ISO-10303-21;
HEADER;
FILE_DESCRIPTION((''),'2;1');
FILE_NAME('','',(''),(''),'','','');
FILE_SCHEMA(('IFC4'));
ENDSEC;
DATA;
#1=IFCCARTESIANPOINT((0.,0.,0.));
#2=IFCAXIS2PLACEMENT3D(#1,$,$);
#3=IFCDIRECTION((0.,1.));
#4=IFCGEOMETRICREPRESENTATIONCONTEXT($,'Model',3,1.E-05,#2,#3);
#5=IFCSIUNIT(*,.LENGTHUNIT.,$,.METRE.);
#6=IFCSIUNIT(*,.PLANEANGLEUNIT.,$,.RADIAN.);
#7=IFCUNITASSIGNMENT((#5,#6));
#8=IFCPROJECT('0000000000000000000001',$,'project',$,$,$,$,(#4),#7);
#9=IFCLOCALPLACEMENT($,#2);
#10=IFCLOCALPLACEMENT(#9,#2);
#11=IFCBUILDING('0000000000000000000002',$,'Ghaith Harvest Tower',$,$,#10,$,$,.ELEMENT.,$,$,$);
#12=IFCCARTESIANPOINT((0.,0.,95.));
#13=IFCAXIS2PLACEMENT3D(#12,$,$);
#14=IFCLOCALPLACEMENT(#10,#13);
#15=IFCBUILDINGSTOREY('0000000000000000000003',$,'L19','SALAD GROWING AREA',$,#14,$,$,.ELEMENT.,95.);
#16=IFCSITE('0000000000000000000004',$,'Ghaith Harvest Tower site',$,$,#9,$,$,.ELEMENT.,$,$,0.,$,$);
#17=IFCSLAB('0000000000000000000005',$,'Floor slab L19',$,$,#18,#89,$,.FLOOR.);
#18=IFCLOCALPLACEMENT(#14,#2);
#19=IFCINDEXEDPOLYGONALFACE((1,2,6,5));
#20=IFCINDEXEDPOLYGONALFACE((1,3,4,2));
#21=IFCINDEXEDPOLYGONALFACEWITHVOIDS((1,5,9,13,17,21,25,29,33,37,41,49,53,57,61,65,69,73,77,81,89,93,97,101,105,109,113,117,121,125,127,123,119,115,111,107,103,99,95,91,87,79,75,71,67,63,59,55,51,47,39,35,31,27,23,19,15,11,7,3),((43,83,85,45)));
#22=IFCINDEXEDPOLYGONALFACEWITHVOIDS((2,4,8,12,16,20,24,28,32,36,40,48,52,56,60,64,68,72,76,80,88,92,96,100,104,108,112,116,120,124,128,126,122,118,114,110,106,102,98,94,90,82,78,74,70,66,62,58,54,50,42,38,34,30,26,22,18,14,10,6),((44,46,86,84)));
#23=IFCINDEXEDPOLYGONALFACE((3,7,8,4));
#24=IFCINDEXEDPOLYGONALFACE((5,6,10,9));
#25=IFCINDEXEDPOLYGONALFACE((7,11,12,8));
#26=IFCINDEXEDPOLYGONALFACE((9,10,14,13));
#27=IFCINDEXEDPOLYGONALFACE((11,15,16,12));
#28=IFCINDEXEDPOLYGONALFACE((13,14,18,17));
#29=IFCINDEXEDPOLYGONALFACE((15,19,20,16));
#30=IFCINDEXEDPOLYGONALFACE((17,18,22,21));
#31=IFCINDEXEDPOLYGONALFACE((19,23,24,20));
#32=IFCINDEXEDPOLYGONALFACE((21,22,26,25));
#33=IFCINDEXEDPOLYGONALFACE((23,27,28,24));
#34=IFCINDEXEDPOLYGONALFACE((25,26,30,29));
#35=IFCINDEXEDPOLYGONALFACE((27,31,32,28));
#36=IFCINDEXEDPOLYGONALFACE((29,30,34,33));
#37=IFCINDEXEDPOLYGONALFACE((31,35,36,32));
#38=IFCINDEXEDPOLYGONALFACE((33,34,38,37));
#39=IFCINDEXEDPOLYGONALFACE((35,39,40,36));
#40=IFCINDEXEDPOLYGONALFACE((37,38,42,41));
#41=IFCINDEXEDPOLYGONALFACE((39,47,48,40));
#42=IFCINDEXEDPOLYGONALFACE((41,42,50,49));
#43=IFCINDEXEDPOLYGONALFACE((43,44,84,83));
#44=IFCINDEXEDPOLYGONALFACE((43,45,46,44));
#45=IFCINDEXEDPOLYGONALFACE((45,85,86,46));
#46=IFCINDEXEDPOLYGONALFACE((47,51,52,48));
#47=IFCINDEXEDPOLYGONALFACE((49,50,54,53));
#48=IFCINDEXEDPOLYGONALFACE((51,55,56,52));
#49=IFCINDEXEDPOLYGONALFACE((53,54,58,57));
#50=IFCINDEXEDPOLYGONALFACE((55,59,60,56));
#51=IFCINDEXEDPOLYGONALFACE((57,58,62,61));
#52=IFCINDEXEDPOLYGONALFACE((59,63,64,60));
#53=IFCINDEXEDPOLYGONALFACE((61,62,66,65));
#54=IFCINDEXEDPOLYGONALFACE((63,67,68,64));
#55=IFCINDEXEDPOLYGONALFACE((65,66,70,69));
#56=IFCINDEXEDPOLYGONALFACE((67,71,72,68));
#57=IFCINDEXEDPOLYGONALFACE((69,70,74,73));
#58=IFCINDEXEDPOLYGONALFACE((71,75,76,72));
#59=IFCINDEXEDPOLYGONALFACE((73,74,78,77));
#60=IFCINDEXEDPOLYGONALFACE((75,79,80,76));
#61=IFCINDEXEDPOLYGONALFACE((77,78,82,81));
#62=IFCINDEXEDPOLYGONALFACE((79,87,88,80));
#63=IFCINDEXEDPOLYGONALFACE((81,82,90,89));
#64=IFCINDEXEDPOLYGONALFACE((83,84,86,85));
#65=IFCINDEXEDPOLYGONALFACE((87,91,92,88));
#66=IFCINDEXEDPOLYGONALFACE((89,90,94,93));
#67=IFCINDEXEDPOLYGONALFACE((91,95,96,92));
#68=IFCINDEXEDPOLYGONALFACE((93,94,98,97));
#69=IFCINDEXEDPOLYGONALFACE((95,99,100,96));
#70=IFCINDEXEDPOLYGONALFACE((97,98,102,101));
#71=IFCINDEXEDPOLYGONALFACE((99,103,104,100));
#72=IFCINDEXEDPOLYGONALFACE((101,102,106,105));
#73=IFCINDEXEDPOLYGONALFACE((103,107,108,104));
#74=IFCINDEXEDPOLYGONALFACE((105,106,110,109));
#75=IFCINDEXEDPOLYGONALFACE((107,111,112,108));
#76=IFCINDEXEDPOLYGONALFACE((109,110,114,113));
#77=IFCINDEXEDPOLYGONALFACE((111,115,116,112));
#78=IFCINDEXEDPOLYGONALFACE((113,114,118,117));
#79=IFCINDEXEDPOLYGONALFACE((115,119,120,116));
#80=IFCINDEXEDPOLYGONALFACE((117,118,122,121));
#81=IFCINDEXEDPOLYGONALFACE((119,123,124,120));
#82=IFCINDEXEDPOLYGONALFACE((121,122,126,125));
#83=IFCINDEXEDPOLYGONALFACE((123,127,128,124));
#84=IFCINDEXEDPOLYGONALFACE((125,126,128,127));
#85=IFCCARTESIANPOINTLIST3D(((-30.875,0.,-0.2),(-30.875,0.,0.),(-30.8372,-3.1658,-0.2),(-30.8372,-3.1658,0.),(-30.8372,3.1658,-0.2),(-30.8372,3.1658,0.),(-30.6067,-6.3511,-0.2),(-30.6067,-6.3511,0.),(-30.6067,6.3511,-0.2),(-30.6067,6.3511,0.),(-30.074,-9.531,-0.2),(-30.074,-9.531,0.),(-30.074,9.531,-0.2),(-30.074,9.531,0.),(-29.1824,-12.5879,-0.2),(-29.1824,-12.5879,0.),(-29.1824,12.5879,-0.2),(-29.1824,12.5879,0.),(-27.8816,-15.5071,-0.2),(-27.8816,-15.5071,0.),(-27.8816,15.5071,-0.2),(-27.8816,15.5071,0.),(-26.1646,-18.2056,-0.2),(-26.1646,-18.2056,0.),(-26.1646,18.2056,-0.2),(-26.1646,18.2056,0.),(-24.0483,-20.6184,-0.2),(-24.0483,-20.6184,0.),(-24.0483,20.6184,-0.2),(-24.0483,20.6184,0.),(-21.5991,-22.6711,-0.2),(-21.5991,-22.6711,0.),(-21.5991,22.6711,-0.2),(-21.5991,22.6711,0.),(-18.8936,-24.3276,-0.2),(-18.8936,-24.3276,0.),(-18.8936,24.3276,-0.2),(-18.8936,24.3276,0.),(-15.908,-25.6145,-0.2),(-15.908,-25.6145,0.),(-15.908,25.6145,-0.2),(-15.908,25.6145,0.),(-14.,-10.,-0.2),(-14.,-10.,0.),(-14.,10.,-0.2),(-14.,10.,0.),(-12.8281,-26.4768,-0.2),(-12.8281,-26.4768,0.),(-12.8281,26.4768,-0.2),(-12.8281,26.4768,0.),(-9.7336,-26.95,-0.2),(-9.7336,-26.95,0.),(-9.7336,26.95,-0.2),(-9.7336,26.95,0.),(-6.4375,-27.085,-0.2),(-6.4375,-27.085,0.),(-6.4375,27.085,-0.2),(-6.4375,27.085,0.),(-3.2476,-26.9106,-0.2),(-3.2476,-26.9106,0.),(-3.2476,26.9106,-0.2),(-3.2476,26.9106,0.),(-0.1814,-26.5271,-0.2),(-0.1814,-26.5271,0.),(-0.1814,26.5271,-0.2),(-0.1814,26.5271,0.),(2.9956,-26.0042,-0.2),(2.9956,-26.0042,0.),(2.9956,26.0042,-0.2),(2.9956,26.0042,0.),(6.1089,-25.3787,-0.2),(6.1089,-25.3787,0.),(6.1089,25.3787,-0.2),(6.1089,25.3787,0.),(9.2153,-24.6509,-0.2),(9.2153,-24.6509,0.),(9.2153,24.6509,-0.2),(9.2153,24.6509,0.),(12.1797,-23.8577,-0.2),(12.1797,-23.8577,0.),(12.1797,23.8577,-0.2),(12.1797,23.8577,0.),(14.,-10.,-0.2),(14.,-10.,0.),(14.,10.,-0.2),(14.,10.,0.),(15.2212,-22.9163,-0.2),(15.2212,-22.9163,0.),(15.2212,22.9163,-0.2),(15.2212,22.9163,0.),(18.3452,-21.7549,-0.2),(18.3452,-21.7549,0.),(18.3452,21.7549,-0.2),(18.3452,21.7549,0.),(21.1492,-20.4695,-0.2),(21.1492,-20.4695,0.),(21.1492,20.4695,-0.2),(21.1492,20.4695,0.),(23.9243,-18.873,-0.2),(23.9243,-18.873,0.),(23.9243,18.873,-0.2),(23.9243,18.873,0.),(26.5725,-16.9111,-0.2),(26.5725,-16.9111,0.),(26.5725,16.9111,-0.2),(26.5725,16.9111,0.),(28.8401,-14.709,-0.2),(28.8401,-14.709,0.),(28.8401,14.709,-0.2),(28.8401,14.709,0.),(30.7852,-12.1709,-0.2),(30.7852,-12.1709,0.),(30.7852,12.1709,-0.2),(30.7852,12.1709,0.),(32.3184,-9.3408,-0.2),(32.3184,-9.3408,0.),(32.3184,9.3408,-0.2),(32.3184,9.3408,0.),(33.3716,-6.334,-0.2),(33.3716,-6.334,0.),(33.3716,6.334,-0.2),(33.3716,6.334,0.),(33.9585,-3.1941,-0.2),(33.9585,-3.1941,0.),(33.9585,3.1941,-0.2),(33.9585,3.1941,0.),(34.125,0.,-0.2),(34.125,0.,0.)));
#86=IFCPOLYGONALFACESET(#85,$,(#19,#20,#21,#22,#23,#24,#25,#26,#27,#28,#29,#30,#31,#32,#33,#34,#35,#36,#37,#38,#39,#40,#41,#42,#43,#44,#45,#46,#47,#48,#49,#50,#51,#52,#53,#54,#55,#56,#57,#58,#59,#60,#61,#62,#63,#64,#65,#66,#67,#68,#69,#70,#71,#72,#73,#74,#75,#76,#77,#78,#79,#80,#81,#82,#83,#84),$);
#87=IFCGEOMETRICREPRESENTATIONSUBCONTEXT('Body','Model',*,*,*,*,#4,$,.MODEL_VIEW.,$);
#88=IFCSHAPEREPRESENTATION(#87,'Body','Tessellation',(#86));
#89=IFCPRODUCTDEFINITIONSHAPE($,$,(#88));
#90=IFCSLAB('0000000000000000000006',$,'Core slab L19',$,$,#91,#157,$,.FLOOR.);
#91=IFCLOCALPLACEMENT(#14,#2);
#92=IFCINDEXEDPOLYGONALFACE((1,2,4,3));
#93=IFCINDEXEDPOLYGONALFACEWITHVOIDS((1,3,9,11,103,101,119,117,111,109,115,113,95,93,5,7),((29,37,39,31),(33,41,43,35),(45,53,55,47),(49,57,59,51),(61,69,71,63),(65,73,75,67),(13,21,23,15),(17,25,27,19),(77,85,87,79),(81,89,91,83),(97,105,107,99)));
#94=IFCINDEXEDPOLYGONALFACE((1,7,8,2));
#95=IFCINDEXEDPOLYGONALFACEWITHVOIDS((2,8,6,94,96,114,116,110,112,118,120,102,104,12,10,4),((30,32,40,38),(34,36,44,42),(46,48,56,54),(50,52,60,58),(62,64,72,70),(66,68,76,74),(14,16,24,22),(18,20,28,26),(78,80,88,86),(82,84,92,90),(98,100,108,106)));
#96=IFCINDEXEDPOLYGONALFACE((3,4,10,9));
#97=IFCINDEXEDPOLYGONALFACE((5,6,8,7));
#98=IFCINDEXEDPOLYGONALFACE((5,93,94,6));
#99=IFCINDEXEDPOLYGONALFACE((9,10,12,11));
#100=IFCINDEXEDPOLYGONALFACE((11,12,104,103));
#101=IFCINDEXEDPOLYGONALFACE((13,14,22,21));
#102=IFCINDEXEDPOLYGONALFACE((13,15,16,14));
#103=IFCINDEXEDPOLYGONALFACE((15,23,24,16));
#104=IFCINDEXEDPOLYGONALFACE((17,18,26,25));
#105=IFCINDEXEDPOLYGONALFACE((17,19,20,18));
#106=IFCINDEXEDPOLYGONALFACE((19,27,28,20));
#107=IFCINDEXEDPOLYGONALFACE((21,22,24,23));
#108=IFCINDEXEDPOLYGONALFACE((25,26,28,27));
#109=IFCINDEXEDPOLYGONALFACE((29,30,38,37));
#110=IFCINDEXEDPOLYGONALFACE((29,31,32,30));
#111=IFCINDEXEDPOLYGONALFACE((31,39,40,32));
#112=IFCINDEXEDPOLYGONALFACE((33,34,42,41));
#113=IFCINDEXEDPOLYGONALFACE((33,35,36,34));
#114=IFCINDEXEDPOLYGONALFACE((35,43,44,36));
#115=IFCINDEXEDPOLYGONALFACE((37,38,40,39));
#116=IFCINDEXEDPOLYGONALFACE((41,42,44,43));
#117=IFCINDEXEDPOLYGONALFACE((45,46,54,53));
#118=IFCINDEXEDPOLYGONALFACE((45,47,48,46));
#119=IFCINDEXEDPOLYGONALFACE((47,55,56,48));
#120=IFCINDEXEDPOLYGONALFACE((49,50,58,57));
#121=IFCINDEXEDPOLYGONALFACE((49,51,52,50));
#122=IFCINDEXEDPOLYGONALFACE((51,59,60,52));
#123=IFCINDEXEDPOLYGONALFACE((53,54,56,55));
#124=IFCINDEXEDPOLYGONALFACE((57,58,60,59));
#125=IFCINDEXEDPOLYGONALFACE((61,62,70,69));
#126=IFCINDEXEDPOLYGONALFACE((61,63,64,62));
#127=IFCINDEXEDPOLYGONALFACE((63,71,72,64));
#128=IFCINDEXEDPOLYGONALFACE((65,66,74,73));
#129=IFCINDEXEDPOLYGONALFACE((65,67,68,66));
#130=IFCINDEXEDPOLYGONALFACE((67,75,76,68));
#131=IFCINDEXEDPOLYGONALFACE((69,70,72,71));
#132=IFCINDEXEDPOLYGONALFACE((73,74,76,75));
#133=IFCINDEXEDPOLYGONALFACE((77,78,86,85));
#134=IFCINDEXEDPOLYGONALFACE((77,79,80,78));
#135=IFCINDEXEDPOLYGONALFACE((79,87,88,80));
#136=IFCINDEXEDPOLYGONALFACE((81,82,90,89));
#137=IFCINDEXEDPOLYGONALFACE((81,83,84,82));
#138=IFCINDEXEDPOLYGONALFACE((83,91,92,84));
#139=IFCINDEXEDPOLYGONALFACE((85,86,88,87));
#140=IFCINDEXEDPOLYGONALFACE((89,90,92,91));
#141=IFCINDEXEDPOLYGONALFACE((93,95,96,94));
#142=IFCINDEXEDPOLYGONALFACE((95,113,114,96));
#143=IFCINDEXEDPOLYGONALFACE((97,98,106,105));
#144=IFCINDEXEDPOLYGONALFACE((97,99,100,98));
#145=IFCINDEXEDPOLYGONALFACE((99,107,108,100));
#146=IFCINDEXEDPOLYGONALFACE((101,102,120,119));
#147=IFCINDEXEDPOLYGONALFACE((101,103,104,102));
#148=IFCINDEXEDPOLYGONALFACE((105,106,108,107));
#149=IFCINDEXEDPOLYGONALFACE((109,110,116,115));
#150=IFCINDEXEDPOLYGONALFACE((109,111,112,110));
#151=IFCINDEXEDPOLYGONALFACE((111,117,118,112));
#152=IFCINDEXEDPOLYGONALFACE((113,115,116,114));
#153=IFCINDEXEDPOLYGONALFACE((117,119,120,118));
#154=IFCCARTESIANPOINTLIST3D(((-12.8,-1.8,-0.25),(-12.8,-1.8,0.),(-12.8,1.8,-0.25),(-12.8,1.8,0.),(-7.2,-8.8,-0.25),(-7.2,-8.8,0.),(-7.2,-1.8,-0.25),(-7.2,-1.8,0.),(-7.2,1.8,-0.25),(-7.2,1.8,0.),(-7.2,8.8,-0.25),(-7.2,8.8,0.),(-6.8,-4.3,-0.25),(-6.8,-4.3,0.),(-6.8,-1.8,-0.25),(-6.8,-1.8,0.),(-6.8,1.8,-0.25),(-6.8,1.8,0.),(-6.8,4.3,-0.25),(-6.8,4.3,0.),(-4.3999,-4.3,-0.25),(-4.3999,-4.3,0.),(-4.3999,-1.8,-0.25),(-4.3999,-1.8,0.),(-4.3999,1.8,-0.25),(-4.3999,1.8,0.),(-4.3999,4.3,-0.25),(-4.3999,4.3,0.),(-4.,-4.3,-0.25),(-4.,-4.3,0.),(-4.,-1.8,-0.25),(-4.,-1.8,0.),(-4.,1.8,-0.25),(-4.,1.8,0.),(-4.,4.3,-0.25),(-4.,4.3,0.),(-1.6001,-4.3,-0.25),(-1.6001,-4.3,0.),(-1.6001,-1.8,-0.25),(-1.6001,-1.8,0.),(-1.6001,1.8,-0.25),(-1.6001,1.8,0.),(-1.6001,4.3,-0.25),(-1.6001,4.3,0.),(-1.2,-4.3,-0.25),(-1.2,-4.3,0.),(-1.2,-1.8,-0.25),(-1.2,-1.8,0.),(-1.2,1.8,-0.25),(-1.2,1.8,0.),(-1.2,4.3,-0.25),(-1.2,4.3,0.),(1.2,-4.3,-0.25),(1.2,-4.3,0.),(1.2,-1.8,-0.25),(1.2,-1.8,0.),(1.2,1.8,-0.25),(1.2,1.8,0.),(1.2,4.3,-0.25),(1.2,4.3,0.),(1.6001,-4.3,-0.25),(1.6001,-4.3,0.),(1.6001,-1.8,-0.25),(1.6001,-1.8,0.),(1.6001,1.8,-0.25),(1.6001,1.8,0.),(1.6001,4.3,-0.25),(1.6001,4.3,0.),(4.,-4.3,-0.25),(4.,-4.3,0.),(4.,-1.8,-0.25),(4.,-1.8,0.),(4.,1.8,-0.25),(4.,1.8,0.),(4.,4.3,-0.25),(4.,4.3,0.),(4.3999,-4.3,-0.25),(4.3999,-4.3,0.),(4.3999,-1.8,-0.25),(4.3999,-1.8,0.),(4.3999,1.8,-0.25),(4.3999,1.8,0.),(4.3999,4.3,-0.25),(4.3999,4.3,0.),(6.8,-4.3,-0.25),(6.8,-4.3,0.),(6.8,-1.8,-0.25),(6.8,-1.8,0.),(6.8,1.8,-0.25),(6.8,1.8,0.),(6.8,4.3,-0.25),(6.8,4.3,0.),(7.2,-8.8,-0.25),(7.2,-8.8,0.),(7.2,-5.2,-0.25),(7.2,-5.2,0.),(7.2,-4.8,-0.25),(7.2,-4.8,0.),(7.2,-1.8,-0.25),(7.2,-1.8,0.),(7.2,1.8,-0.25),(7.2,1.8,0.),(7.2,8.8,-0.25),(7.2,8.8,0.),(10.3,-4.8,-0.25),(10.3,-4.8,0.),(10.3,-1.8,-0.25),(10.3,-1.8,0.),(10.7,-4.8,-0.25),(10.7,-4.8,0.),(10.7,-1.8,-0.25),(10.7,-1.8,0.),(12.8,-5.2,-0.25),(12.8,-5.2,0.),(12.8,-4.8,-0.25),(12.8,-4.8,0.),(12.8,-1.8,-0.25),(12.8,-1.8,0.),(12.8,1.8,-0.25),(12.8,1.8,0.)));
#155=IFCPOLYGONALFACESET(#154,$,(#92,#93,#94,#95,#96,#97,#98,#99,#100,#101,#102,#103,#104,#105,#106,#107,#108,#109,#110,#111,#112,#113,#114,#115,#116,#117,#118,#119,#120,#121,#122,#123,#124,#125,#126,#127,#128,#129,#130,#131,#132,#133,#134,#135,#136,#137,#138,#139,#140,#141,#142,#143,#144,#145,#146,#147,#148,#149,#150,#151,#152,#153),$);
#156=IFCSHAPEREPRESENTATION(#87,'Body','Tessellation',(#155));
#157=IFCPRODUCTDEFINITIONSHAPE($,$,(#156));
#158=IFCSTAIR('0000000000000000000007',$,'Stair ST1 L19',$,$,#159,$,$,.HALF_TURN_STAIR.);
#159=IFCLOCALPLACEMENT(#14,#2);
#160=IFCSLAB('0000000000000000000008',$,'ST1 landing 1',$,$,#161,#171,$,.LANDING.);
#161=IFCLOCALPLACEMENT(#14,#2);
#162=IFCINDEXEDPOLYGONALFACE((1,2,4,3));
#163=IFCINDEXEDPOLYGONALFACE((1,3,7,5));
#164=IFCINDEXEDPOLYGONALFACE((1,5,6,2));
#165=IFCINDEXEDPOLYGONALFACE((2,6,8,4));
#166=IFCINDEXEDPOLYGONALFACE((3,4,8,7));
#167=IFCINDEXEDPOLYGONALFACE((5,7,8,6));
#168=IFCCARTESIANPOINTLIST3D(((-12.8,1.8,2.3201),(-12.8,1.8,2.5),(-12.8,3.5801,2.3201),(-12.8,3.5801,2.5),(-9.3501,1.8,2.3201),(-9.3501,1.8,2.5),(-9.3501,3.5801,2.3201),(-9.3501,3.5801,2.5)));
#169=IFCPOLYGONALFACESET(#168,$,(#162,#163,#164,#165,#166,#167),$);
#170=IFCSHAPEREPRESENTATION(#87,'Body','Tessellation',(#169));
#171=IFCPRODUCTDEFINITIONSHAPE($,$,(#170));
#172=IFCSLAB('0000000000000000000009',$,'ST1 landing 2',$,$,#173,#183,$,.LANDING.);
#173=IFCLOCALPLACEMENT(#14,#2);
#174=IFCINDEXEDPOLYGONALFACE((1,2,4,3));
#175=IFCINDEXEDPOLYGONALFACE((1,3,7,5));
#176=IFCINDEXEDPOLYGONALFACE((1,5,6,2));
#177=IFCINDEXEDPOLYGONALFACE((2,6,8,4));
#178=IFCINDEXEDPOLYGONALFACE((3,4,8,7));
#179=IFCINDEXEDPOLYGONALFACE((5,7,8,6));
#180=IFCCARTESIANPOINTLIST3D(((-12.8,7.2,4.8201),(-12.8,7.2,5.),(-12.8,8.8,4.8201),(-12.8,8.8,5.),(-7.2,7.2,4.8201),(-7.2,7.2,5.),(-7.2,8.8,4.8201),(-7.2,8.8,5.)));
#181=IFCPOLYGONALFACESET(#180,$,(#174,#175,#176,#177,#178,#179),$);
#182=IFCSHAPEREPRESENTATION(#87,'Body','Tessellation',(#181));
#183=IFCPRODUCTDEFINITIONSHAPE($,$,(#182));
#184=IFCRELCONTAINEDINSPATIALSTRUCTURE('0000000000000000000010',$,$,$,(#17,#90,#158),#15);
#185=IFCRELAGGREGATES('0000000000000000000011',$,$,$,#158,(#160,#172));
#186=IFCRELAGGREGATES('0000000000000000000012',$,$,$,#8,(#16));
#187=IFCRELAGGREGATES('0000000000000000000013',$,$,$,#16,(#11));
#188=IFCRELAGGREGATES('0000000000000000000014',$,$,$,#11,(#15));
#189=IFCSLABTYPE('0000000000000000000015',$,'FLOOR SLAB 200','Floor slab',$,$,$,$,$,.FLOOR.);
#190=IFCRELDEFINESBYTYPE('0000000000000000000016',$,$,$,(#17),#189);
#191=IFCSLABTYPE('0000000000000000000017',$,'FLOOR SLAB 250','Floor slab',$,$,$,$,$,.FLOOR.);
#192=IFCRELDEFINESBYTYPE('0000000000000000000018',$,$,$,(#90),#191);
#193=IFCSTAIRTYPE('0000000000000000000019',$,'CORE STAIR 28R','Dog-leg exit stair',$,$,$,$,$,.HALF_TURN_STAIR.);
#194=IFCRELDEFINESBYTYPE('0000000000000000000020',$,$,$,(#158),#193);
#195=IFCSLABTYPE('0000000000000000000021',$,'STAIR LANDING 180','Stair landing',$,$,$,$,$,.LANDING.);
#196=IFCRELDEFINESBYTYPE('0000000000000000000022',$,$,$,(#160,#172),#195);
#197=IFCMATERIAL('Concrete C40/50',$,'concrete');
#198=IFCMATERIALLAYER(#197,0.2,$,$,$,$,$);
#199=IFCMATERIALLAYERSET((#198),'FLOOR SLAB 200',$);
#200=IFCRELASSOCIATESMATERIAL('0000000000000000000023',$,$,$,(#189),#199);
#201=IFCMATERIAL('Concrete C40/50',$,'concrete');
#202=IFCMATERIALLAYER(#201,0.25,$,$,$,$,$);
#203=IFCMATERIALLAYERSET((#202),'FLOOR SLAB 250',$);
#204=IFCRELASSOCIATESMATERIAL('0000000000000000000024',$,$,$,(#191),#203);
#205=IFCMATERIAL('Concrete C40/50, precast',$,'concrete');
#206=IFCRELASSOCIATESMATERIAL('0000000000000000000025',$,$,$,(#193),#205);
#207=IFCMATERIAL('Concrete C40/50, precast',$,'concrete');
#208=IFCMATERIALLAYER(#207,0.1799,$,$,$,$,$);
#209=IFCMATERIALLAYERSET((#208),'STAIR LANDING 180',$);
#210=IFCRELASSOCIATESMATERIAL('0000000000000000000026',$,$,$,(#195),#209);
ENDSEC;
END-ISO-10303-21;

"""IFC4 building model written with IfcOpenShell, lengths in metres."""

from ifc_helpers import new_model, si_unit, direction, frame, origin, place, context, subcontext, project, spatial, polyline, outline, extrude, material, layer, layer_set, type_object, element, aggregate, save


model = new_model("IFC4")

# Units and contexts
model_context = context("Model", 3, precision=1e-05, world=origin(), true_north=direction((0.0, 1.0)))
body_context = subcontext(model_context, "Body", "Model", "MODEL_VIEW")
ifc_project = project(units=[si_unit("LENGTHUNIT", "METRE"), si_unit("PLANEANGLEUNIT", "RADIAN")], contexts=[model_context])

# Site, building, storey
site_placement = place(None, origin())
site = spatial("IfcSite", under=ifc_project, at=site_placement, Name="Ghaith Harvest Tower site", CompositionType="ELEMENT", RefElevation=0.0)
building_placement = place(site_placement, origin())
building = spatial("IfcBuilding", under=site, at=building_placement, Name="Ghaith Harvest Tower", CompositionType="ELEMENT")
storey_placement = place(building_placement, frame((0.0, 0.0, 95.0)))
storey = spatial("IfcBuildingStorey", under=building, at=storey_placement, Name="L19", Description="SALAD GROWING AREA", CompositionType="ELEMENT", Elevation=95.0)

# Slabs
ifc_material_1 = material(Name="Concrete C40/50", Category="concrete")
ifc_layer_1 = layer(ifc_material_1, 0.2)
ifc_layer_set_1 = layer_set([ifc_layer_1], Name="FLOOR SLAB 200")
slab_type_1 = type_object("IfcSlabType", Name="FLOOR SLAB 200", Description="Floor slab", PredefinedType="FLOOR", material=ifc_layer_set_1)
slab_1_placement = place(storey_placement, frame((0.0, 0.0, -0.2)))
element("IfcSlab", 1, at=slab_1_placement, inside=storey, type_object=slab_type_1, Name="Floor slab L19", PredefinedType="FLOOR", context=body_context, shape_type="SweptSolid", body=[
    extrude(outline(polyline([(34.125, 0.0), (33.9585, 3.1941), (33.3716, 6.334), (32.3184, 9.3408), (30.7852, 12.1709), (28.8401, 14.709), (26.5725, 16.9111), (23.9243, 18.873), (21.1492, 20.4695), (18.3452, 21.7549), (15.2212, 22.9163), (12.1797, 23.8577), (9.2153, 24.6509), (6.1089, 25.3787), (2.9956, 26.0042), (-0.1814, 26.5271), (-3.2476, 26.9106), (-6.4375, 27.085), (-9.7336, 26.95), (-12.8281, 26.4768), (-15.908, 25.6145), (-18.8936, 24.3276), (-21.5991, 22.6711), (-24.0483, 20.6184), (-26.1646, 18.2056), (-27.8816, 15.5071), (-29.1824, 12.5879), (-30.074, 9.531), (-30.6067, 6.3511), (-30.8372, 3.1658), (-30.875, 0.0), (-30.8372, -3.1658), (-30.6067, -6.3511), (-30.074, -9.531), (-29.1824, -12.5879), (-27.8816, -15.5071), (-26.1646, -18.2056), (-24.0483, -20.6184), (-21.5991, -22.6711), (-18.8936, -24.3276), (-15.908, -25.6145), (-12.8281, -26.4768), (-9.7336, -26.95), (-6.4375, -27.085), (-3.2476, -26.9106), (-0.1814, -26.5271), (2.9956, -26.0042), (6.1089, -25.3787), (9.2153, -24.6509), (12.1797, -23.8577), (15.2212, -22.9163), (18.3452, -21.7549), (21.1492, -20.4695), (23.9243, -18.873), (26.5725, -16.9111), (28.8401, -14.709), (30.7852, -12.1709), (32.3184, -9.3408), (33.3716, -6.334), (33.9585, -3.1941), (34.125, 0.0)]), holes=[polyline([(-14.0, -10.0), (14.0, -10.0), (14.0, 10.0), (-14.0, 10.0), (-14.0, -10.0)])]), origin(), (0.0, 0.0, 1.0), 0.2),
])
ifc_material_2 = material(Name="Concrete C40/50", Category="concrete")
ifc_layer_2 = layer(ifc_material_2, 0.25)
ifc_layer_set_2 = layer_set([ifc_layer_2], Name="FLOOR SLAB 250")
slab_type_2 = type_object("IfcSlabType", Name="FLOOR SLAB 250", Description="Floor slab", PredefinedType="FLOOR", material=ifc_layer_set_2)
slab_2_placement = place(storey_placement, frame((0.0, 0.0, -0.25)))
element("IfcSlab", 2, at=slab_2_placement, inside=storey, type_object=slab_type_2, Name="Core slab L19", PredefinedType="FLOOR", context=body_context, shape_type="SweptSolid", body=[
    extrude(outline(polyline([(-12.8, 1.8), (-7.2, 1.8), (-7.2, 8.8), (7.2, 8.8), (7.2, 1.8), (12.8, 1.8), (12.8, -1.8), (10.7, -1.8), (10.7, -4.8), (12.8, -4.8), (12.8, -5.2), (7.2, -5.2), (7.2, -8.8), (-7.2, -8.8), (-7.2, -1.8), (-12.8, -1.8), (-12.8, 1.8)]), holes=[polyline([(-4.3999, -4.3), (-4.3999, -1.8), (-6.8, -1.8), (-6.8, -4.3), (-4.3999, -4.3)]), polyline([(-1.6001, -4.3), (-1.6001, -1.8), (-4.0, -1.8), (-4.0, -4.3), (-1.6001, -4.3)]), polyline([(1.2, -4.3), (1.2, -1.8), (-1.2, -1.8), (-1.2, -4.3), (1.2, -4.3)]), polyline([(-4.3999, 1.8), (-4.3999, 4.3), (-6.8, 4.3), (-6.8, 1.8), (-4.3999, 1.8)]), polyline([(-1.6001, 1.8), (-1.6001, 4.3), (-4.0, 4.3), (-4.0, 1.8), (-1.6001, 1.8)]), polyline([(1.2, 1.8), (1.2, 4.3), (-1.2, 4.3), (-1.2, 1.8), (1.2, 1.8)]), polyline([(10.3, -4.8), (10.3, -1.8), (7.2, -1.8), (7.2, -4.8), (10.3, -4.8)]), polyline([(4.0, -4.3), (4.0, -1.8), (1.6001, -1.8), (1.6001, -4.3), (4.0, -4.3)]), polyline([(6.8, -4.3), (6.8, -1.8), (4.3999, -1.8), (4.3999, -4.3), (6.8, -4.3)]), polyline([(4.0, 1.8), (4.0, 4.3), (1.6001, 4.3), (1.6001, 1.8), (4.0, 1.8)]), polyline([(6.8, 1.8), (6.8, 4.3), (4.3999, 4.3), (4.3999, 1.8), (6.8, 1.8)])]), origin(), (0.0, 0.0, 1.0), 0.25),
])

# Stair, slabs
ifc_material_3 = material(Name="Concrete C40/50, precast", Category="concrete")
stair_type = type_object("IfcStairType", Name="CORE STAIR 28R", Description="Dog-leg exit stair", PredefinedType="HALF_TURN_STAIR", material=ifc_material_3)
stair_1_placement = place(storey_placement, origin())
stair_1 = element("IfcStair", 3, at=stair_1_placement, inside=storey, type_object=stair_type, Name="Stair ST1 L19", PredefinedType="HALF_TURN_STAIR")
ifc_material_4 = material(Name="Concrete C40/50, precast", Category="concrete")
ifc_layer_3 = layer(ifc_material_4, 0.1799)
ifc_layer_set_3 = layer_set([ifc_layer_3], Name="STAIR LANDING 180")
slab_type_3 = type_object("IfcSlabType", Name="STAIR LANDING 180", Description="Stair landing", PredefinedType="LANDING", material=ifc_layer_set_3)
slab_3_placement = place(storey_placement, frame((0.0, 0.0, 2.3201)))
slab_3 = element("IfcSlab", 4, at=slab_3_placement, type_object=slab_type_3, Name="ST1 landing 1", PredefinedType="LANDING", context=body_context, shape_type="SweptSolid", body=[
    extrude(outline(polyline([(-12.8, 3.5801), (-12.8, 1.8), (-9.3501, 1.8), (-9.3501, 3.5801), (-12.8, 3.5801)])), origin(), (0.0, 0.0, 1.0), 0.1799),
])
slab_4_placement = place(storey_placement, frame((0.0, 0.0, 4.8201)))
slab_4 = element("IfcSlab", 5, at=slab_4_placement, type_object=slab_type_3, Name="ST1 landing 2", PredefinedType="LANDING", context=body_context, shape_type="SweptSolid", body=[
    extrude(outline(polyline([(-12.8, 8.8), (-12.8, 7.2), (-7.2, 7.2), (-7.2, 8.8), (-12.8, 8.8)])), origin(), (0.0, 0.0, 1.0), 0.1799),
])
aggregate(stair_1, [slab_3, slab_4])

save(model, "model.ifc")
